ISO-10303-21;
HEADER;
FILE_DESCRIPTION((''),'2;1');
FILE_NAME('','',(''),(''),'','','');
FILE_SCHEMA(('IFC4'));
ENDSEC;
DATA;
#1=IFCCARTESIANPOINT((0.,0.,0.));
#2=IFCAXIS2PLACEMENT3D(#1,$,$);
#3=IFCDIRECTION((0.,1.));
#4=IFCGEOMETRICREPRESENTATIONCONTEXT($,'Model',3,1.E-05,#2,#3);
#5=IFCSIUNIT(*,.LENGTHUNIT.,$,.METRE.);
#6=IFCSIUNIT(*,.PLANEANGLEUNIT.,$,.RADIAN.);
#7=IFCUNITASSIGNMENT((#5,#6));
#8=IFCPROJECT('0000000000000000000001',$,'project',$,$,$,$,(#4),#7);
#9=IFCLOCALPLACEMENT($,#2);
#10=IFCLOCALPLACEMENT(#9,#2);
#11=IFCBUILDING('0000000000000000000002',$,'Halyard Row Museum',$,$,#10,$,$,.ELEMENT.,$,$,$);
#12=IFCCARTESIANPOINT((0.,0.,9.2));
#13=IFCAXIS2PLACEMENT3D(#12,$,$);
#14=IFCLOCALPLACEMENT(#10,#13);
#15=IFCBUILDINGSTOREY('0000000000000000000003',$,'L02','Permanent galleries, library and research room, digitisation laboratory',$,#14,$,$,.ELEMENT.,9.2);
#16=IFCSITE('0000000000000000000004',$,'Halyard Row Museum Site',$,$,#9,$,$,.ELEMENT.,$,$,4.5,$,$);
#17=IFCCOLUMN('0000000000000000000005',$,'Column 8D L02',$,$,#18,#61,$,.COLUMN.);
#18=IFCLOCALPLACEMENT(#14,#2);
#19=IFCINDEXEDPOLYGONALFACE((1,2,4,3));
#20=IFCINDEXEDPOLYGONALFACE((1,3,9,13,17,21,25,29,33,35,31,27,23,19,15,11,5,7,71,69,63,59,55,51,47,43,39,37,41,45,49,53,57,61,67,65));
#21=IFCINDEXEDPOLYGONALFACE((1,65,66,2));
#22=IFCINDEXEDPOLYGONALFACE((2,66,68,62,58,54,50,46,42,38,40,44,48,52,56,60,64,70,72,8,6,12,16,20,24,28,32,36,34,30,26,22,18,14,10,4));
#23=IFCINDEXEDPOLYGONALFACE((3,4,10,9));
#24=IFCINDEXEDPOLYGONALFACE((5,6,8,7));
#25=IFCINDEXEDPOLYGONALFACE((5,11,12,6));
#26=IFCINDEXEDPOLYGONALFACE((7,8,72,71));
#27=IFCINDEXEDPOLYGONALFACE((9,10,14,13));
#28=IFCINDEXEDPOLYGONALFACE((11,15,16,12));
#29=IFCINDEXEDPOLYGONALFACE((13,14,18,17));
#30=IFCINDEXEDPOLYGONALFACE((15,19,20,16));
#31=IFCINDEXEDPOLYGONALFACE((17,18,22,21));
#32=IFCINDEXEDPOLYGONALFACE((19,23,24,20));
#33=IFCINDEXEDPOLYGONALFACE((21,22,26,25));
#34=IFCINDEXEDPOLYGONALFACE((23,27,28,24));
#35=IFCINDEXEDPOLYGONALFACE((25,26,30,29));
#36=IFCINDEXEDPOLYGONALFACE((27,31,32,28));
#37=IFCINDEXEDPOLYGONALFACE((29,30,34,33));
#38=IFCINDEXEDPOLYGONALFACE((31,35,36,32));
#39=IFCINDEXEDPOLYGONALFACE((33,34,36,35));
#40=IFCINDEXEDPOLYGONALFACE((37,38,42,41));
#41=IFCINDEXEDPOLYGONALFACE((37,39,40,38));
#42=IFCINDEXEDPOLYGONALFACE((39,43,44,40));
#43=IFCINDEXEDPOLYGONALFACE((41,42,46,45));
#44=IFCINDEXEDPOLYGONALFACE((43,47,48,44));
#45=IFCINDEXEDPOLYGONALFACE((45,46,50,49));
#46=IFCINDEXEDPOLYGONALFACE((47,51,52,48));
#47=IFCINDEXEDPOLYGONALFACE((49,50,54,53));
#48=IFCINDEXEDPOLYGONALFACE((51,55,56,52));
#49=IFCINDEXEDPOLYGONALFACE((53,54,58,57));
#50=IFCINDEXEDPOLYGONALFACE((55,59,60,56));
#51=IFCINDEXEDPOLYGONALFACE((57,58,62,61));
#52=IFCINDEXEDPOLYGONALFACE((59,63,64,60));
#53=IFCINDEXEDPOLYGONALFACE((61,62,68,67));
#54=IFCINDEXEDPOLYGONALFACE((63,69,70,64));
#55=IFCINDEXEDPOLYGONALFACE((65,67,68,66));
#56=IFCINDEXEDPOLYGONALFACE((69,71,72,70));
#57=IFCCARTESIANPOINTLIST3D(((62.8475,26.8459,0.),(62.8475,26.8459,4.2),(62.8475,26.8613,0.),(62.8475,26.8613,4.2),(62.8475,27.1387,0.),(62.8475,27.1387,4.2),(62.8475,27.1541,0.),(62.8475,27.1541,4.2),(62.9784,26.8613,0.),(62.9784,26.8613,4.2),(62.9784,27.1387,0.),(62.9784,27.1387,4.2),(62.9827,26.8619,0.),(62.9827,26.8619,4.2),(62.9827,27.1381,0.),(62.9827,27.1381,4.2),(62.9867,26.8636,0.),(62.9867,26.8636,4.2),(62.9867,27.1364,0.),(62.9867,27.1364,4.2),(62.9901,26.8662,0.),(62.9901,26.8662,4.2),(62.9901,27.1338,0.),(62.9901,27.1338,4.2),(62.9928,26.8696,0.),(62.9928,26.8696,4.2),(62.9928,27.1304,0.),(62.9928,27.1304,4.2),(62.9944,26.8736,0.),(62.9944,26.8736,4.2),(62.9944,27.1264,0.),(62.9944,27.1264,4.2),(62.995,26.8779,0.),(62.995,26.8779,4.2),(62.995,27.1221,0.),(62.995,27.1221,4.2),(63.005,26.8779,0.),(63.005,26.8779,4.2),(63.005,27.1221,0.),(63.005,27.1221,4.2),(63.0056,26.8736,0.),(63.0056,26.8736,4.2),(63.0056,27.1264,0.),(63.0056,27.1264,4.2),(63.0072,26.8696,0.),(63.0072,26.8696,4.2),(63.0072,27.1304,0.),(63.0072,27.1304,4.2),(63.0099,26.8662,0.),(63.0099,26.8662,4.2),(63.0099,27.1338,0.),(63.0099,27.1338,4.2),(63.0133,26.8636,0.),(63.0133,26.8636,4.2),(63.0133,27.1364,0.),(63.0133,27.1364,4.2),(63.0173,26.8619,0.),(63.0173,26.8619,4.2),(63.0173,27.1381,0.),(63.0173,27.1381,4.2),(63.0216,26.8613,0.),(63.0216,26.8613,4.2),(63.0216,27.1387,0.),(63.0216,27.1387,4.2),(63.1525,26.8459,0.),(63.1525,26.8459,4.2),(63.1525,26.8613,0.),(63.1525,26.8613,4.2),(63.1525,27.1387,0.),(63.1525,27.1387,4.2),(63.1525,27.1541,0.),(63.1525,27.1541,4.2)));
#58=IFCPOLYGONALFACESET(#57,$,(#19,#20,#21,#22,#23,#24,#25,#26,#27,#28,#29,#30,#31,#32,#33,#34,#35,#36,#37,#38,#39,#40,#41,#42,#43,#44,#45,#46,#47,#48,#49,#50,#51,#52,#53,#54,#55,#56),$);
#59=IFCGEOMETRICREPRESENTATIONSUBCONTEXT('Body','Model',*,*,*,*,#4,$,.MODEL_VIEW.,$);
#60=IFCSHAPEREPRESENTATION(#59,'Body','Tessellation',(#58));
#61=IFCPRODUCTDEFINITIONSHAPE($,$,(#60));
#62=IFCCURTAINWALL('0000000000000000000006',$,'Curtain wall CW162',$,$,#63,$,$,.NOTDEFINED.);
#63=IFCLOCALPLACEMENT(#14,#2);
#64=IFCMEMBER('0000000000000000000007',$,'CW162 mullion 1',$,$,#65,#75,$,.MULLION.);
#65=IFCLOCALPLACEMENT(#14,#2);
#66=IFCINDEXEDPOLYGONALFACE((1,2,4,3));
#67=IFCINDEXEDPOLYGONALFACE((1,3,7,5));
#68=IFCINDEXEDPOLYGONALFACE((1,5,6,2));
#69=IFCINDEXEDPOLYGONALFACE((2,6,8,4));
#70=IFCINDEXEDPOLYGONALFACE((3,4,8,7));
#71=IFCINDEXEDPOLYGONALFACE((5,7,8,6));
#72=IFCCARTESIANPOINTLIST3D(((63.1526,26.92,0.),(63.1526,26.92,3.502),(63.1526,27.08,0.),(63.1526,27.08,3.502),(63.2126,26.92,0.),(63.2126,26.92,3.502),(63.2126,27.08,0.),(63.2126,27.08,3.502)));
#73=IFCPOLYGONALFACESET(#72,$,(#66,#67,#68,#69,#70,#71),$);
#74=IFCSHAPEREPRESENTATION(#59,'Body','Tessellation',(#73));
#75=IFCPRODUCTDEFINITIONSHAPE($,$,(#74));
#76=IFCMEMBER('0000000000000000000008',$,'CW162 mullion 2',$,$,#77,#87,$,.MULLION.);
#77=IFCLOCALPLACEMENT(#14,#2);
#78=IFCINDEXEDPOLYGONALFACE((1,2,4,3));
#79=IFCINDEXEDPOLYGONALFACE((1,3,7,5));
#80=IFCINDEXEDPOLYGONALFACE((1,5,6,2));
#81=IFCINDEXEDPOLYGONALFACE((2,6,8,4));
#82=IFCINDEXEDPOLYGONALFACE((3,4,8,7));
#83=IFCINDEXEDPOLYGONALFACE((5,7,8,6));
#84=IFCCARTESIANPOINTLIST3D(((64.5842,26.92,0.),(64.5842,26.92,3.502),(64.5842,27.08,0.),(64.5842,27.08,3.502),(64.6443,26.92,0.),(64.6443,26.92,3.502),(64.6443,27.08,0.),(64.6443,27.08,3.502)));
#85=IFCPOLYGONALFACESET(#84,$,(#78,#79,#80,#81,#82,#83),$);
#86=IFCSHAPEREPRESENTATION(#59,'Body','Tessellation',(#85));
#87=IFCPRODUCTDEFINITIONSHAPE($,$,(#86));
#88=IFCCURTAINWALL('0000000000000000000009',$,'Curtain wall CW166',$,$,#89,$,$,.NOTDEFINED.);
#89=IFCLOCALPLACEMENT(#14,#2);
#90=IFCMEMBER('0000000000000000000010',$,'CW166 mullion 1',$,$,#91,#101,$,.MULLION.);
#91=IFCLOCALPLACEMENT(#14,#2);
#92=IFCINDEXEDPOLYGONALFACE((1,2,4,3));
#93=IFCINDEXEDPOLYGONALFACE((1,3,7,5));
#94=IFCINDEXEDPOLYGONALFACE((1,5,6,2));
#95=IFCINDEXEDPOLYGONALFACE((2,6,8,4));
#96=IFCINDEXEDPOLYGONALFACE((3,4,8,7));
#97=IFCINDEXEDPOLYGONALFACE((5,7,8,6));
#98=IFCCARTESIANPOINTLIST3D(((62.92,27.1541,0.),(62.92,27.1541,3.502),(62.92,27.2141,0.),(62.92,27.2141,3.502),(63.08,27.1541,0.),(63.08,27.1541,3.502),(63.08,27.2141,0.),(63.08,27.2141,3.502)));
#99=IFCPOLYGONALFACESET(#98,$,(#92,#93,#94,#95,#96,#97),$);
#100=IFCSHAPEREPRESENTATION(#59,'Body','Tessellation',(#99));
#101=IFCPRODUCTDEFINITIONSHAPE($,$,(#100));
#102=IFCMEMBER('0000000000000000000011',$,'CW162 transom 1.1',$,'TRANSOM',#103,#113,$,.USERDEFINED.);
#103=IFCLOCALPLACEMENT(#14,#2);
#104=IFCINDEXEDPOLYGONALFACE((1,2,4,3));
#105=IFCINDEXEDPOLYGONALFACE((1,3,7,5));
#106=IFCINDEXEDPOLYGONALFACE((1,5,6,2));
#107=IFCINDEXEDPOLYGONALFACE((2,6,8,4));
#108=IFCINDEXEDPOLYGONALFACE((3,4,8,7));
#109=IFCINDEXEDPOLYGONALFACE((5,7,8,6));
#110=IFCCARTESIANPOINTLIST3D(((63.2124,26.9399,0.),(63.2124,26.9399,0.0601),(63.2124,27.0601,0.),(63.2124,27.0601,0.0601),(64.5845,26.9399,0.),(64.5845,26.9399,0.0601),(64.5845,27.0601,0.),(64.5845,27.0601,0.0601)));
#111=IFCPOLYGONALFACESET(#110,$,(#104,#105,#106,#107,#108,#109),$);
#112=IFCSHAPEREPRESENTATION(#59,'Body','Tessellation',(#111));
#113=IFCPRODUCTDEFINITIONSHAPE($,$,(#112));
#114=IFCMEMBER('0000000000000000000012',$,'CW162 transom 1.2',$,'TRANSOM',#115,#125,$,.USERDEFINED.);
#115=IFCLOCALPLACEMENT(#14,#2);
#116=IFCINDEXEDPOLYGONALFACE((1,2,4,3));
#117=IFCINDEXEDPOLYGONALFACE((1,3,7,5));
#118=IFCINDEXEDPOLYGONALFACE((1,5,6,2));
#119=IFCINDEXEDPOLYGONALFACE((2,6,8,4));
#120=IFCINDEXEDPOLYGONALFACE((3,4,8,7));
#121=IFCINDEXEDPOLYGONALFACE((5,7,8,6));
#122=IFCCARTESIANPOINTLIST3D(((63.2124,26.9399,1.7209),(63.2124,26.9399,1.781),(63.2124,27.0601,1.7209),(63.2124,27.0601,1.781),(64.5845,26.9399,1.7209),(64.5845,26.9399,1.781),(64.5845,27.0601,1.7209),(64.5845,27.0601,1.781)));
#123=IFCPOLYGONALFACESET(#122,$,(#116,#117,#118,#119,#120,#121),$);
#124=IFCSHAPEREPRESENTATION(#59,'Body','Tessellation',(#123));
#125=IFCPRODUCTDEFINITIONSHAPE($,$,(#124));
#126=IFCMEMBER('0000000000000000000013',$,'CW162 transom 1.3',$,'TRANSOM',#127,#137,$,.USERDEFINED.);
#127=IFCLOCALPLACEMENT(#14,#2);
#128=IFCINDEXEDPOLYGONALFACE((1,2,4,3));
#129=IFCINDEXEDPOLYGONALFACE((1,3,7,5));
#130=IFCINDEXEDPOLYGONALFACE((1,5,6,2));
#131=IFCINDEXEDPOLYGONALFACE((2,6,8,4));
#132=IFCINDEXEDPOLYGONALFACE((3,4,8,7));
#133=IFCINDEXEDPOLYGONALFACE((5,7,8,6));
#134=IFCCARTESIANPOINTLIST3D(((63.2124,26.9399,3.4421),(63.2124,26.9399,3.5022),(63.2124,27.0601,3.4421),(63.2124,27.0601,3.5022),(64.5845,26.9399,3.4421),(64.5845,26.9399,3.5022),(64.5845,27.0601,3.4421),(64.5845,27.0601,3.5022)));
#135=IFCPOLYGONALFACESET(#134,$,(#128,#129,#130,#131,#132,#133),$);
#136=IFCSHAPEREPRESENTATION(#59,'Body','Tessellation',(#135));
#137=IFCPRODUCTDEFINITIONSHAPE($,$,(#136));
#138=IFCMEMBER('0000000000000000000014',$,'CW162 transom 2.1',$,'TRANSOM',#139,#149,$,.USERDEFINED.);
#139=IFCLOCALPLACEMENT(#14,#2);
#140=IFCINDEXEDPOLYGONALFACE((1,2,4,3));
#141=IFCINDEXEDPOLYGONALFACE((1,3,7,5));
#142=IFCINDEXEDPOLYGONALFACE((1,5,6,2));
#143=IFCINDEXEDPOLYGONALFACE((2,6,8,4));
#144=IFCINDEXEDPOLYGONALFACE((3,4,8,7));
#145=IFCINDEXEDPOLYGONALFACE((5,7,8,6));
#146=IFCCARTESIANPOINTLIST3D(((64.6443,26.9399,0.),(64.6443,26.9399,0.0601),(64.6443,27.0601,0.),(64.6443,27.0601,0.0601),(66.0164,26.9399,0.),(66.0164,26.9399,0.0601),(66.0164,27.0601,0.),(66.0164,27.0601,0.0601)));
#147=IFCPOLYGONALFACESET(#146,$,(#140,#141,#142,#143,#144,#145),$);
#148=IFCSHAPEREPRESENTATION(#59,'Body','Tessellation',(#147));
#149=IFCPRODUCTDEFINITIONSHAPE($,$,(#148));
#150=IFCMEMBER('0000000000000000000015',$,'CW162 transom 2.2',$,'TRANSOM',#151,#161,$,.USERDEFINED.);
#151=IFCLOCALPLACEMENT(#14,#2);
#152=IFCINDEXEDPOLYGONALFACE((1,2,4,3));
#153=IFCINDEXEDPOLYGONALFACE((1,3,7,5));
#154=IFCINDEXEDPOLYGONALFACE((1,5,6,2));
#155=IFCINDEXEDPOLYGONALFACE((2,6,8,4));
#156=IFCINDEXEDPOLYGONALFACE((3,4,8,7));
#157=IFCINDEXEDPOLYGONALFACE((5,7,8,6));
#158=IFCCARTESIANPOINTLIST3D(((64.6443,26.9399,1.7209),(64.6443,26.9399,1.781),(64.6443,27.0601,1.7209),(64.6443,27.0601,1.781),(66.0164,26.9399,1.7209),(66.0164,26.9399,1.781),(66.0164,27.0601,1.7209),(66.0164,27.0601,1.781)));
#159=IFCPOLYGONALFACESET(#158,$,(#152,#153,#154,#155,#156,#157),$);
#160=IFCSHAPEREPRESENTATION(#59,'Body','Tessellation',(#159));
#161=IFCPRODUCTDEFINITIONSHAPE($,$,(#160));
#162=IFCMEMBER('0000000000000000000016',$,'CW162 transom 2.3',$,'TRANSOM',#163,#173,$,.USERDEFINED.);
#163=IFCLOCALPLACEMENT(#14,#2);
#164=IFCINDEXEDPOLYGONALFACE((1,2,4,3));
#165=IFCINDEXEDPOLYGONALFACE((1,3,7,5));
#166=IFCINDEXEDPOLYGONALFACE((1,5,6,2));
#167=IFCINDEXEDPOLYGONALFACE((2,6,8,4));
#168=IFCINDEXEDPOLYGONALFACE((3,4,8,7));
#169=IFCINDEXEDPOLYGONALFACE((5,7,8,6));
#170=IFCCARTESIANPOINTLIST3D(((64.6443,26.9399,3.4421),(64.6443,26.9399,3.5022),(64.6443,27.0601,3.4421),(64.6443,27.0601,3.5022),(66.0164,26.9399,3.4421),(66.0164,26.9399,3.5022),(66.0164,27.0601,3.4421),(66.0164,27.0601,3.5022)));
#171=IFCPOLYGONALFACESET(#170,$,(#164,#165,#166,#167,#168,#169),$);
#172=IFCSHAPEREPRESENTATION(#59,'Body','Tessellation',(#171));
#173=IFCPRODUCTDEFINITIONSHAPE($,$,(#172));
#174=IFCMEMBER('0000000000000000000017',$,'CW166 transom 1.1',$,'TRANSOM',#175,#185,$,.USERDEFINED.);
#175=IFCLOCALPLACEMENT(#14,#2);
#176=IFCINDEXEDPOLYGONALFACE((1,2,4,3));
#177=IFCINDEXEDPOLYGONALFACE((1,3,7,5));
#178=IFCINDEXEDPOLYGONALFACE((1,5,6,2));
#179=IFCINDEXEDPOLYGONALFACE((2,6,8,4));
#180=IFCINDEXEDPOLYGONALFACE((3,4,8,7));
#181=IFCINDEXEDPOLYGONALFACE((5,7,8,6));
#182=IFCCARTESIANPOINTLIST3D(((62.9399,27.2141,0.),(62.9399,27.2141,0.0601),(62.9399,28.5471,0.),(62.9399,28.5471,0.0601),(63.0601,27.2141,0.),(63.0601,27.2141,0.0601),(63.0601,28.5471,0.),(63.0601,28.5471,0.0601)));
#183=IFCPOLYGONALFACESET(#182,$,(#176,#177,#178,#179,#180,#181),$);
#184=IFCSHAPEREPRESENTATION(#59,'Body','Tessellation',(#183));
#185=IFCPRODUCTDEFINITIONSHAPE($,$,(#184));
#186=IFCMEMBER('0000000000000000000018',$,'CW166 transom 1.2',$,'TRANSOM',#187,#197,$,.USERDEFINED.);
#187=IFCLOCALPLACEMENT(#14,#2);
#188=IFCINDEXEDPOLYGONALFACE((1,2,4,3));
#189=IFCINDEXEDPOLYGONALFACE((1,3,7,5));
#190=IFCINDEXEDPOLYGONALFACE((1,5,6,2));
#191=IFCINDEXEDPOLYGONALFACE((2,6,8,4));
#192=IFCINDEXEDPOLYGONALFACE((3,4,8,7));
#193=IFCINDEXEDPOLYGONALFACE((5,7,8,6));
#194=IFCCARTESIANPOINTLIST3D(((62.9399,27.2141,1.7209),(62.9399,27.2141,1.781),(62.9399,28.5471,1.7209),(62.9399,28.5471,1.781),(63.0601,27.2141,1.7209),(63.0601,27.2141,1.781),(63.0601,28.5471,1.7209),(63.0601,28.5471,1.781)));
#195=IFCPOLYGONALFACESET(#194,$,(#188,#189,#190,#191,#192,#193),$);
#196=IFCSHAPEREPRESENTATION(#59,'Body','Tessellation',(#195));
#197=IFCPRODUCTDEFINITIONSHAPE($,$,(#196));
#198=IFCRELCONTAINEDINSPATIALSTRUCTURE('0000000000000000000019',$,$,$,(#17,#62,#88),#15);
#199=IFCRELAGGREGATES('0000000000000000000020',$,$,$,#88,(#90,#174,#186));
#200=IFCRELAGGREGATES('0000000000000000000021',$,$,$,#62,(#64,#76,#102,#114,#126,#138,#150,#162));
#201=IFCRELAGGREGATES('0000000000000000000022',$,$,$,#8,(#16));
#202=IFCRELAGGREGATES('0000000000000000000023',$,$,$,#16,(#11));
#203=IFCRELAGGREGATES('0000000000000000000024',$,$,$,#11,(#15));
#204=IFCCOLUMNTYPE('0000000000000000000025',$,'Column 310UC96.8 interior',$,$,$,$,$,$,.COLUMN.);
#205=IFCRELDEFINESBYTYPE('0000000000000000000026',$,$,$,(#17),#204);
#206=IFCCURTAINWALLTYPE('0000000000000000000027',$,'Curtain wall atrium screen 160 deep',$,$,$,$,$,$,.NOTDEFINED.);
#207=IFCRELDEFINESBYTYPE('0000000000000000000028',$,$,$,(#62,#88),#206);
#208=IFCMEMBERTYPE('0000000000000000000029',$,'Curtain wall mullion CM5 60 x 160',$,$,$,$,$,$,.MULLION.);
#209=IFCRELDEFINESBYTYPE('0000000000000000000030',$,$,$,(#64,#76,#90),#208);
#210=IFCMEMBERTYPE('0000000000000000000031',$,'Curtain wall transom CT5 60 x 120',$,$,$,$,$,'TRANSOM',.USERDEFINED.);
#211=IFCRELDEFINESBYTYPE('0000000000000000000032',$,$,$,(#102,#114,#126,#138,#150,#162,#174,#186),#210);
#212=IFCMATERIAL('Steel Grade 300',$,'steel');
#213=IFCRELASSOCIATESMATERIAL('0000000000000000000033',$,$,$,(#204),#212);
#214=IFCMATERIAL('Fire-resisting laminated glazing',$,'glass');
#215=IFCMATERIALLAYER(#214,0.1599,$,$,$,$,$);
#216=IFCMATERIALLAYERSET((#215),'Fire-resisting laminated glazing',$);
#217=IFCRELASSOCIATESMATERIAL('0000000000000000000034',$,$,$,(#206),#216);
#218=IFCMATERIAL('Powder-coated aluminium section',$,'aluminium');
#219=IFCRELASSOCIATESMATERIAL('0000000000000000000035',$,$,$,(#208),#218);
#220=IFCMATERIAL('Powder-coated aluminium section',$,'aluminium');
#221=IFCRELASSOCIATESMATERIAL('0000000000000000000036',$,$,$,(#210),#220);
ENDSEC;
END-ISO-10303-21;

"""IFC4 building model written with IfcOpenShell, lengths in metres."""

from ifc_helpers import new_model, si_unit, direction, frame, origin, origin_2d, place, context, subcontext, project, spatial, rectangle, i_section, extrude, material, layer, layer_set, material_profile, profile_set, type_object, element, aggregate, save


model = new_model("IFC4")

# Units and contexts
model_context = context("Model", 3, precision=1e-05, world=origin(), true_north=direction((0.0, 1.0)))
body_context = subcontext(model_context, "Body", "Model", "MODEL_VIEW")
ifc_project = project(units=[si_unit("LENGTHUNIT", "METRE"), si_unit("PLANEANGLEUNIT", "RADIAN")], contexts=[model_context])

# Site, building, storey
site_placement = place(None, origin())
site = spatial("IfcSite", under=ifc_project, at=site_placement, Name="Halyard Row Museum Site", CompositionType="ELEMENT", RefElevation=4.5)
building_placement = place(site_placement, origin())
building = spatial("IfcBuilding", under=site, at=building_placement, Name="Halyard Row Museum", CompositionType="ELEMENT")
storey_placement = place(building_placement, frame((0.0, 0.0, 9.2)))
storey = spatial("IfcBuildingStorey", under=building, at=storey_placement, Name="L02", Description="Permanent galleries, library and research room, digitisation laboratory", CompositionType="ELEMENT", Elevation=9.2)

# Column
ifc_material_1 = material(Name="Steel Grade 300", Category="steel")
ifc_material_profile_1 = material_profile(ifc_material_1, i_section(OverallWidth=0.3049, OverallDepth=0.3081, WebThickness=0.01, FlangeThickness=0.0154, FilletRadius=0.0166, at=origin_2d()), Name="310UC96.8")
ifc_profile_set_1 = profile_set([ifc_material_profile_1], Name="Steel Grade 300")
column_type = type_object("IfcColumnType", Name="Column 310UC96.8 interior", PredefinedType="COLUMN", material=ifc_profile_set_1)
column_placement = place(storey_placement, frame((63.0, 27.0, 0.0), z_axis=(0.0, 0.0, 1.0), x_axis=(1.0, 0.0, 0.0)))
element("IfcColumn", 1, at=column_placement, inside=storey, type_object=column_type, Name="Column 8D L02", PredefinedType="COLUMN", context=body_context, shape_type="SweptSolid", body=[
    extrude(i_section(OverallWidth=0.3049, OverallDepth=0.3081, WebThickness=0.01, FlangeThickness=0.0154, FilletRadius=0.0166, at=origin_2d()), origin(), (0.0, 0.0, 1.0), 4.2),
])

# Curtain wall, members
ifc_material_2 = material(Name="Fire-resisting laminated glazing", Category="glass")
ifc_layer_1 = layer(ifc_material_2, 0.1599)
ifc_layer_set_1 = layer_set([ifc_layer_1], Name="Fire-resisting laminated glazing")
curtain_wall_type = type_object("IfcCurtainWallType", Name="Curtain wall atrium screen 160 deep", PredefinedType="NOTDEFINED", material=ifc_layer_set_1)
curtain_wall_1_placement = place(storey_placement, origin())
curtain_wall_1 = element("IfcCurtainWall", 2, at=curtain_wall_1_placement, inside=storey, type_object=curtain_wall_type, Name="Curtain wall CW162", PredefinedType="NOTDEFINED")
ifc_material_3 = material(Name="Powder-coated aluminium section", Category="aluminium")
ifc_material_profile_2 = material_profile(ifc_material_3, rectangle(XDim=0.1599, YDim=0.0601, at=origin_2d()), Name="160x60 mullion")
ifc_profile_set_2 = profile_set([ifc_material_profile_2], Name="Powder-coated aluminium section")
member_type_1 = type_object("IfcMemberType", Name="Curtain wall mullion CM5 60 x 160", PredefinedType="MULLION", material=ifc_profile_set_2)
member_1_placement = place(storey_placement, frame((63.1826, 27.0, 0.0), z_axis=(0.0, 0.0, 1.0), x_axis=(0.0, 1.0, 0.0)))
member_1 = element("IfcMember", 3, at=member_1_placement, type_object=member_type_1, Name="CW162 mullion 1", PredefinedType="MULLION", context=body_context, shape_type="SweptSolid", body=[
    extrude(rectangle(XDim=0.1599, YDim=0.0601, at=origin_2d()), origin(), (0.0, 0.0, 1.0), 3.502),
])
member_2_placement = place(storey_placement, frame((64.6143, 27.0, 0.0), z_axis=(0.0, 0.0, 1.0), x_axis=(0.0, 1.0, 0.0)))
member_2 = element("IfcMember", 4, at=member_2_placement, type_object=member_type_1, Name="CW162 mullion 2", PredefinedType="MULLION", context=body_context, shape_type="SweptSolid", body=[
    extrude(rectangle(XDim=0.1599, YDim=0.0601, at=origin_2d()), origin(), (0.0, 0.0, 1.0), 3.502),
])

# Curtain wall, member
curtain_wall_2_placement = place(storey_placement, origin())
curtain_wall_2 = element("IfcCurtainWall", 5, at=curtain_wall_2_placement, inside=storey, type_object=curtain_wall_type, Name="Curtain wall CW166", PredefinedType="NOTDEFINED")
member_3_placement = place(storey_placement, frame((63.0, 27.1841, 0.0), z_axis=(0.0, 0.0, 1.0), x_axis=(-1.0, 0.0, 0.0)))
member_3 = element("IfcMember", 6, at=member_3_placement, type_object=member_type_1, Name="CW166 mullion 1", PredefinedType="MULLION", context=body_context, shape_type="SweptSolid", body=[
    extrude(rectangle(XDim=0.1599, YDim=0.0601, at=origin_2d()), origin(), (0.0, 0.0, 1.0), 3.502),
])

# Members
ifc_material_4 = material(Name="Powder-coated aluminium section", Category="aluminium")
ifc_material_profile_3 = material_profile(ifc_material_4, rectangle(XDim=0.1201, YDim=0.0601, at=origin_2d()), Name="120x60 transom")
ifc_profile_set_3 = profile_set([ifc_material_profile_3], Name="Powder-coated aluminium section")
member_type_2 = type_object("IfcMemberType", Name="Curtain wall transom CT5 60 x 120", ElementType="TRANSOM", PredefinedType="USERDEFINED", material=ifc_profile_set_3)
member_4_placement = place(storey_placement, frame((63.2124, 27.0, 0.03), z_axis=(1.0, 0.0, 0.0), x_axis=(0.0, 1.0, 0.0)))
member_4 = element("IfcMember", 7, at=member_4_placement, type_object=member_type_2, Name="CW162 transom 1.1", ObjectType="TRANSOM", PredefinedType="USERDEFINED", context=body_context, shape_type="SweptSolid", body=[
    extrude(rectangle(XDim=0.1201, YDim=0.0601, at=origin_2d()), origin(), (0.0, 0.0, 1.0), 1.3721),
])
member_5_placement = place(storey_placement, frame((63.2124, 27.0, 1.751), z_axis=(1.0, 0.0, 0.0), x_axis=(0.0, 1.0, 0.0)))
member_5 = element("IfcMember", 8, at=member_5_placement, type_object=member_type_2, Name="CW162 transom 1.2", ObjectType="TRANSOM", PredefinedType="USERDEFINED", context=body_context, shape_type="SweptSolid", body=[
    extrude(rectangle(XDim=0.1201, YDim=0.0601, at=origin_2d()), origin(), (0.0, 0.0, 1.0), 1.3721),
])
member_6_placement = place(storey_placement, frame((63.2124, 27.0, 3.4722), z_axis=(1.0, 0.0, 0.0), x_axis=(0.0, 1.0, 0.0)))
member_6 = element("IfcMember", 9, at=member_6_placement, type_object=member_type_2, Name="CW162 transom 1.3", ObjectType="TRANSOM", PredefinedType="USERDEFINED", context=body_context, shape_type="SweptSolid", body=[
    extrude(rectangle(XDim=0.1201, YDim=0.0601, at=origin_2d()), origin(), (0.0, 0.0, 1.0), 1.3721),
])
member_7_placement = place(storey_placement, frame((64.6443, 27.0, 0.03), z_axis=(1.0, 0.0, 0.0), x_axis=(0.0, 1.0, 0.0)))
member_7 = element("IfcMember", 10, at=member_7_placement, type_object=member_type_2, Name="CW162 transom 2.1", ObjectType="TRANSOM", PredefinedType="USERDEFINED", context=body_context, shape_type="SweptSolid", body=[
    extrude(rectangle(XDim=0.1201, YDim=0.0601, at=origin_2d()), origin(), (0.0, 0.0, 1.0), 1.3721),
])
member_8_placement = place(storey_placement, frame((64.6443, 27.0, 1.751), z_axis=(1.0, 0.0, 0.0), x_axis=(0.0, 1.0, 0.0)))
member_8 = element("IfcMember", 11, at=member_8_placement, type_object=member_type_2, Name="CW162 transom 2.2", ObjectType="TRANSOM", PredefinedType="USERDEFINED", context=body_context, shape_type="SweptSolid", body=[
    extrude(rectangle(XDim=0.1201, YDim=0.0601, at=origin_2d()), origin(), (0.0, 0.0, 1.0), 1.3721),
])
member_9_placement = place(storey_placement, frame((64.6443, 27.0, 3.4722), z_axis=(1.0, 0.0, 0.0), x_axis=(0.0, 1.0, 0.0)))
member_9 = element("IfcMember", 12, at=member_9_placement, type_object=member_type_2, Name="CW162 transom 2.3", ObjectType="TRANSOM", PredefinedType="USERDEFINED", context=body_context, shape_type="SweptSolid", body=[
    extrude(rectangle(XDim=0.1201, YDim=0.0601, at=origin_2d()), origin(), (0.0, 0.0, 1.0), 1.3721),
])
member_10_placement = place(storey_placement, frame((63.0, 27.2141, 0.03), z_axis=(0.0, 1.0, 0.0), x_axis=(-1.0, 0.0, 0.0)))
member_10 = element("IfcMember", 13, at=member_10_placement, type_object=member_type_2, Name="CW166 transom 1.1", ObjectType="TRANSOM", PredefinedType="USERDEFINED", context=body_context, shape_type="SweptSolid", body=[
    extrude(rectangle(XDim=0.1201, YDim=0.0601, at=origin_2d()), origin(), (0.0, 0.0, 1.0), 1.333),
])
member_11_placement = place(storey_placement, frame((63.0, 27.2141, 1.751), z_axis=(0.0, 1.0, 0.0), x_axis=(-1.0, 0.0, 0.0)))
member_11 = element("IfcMember", 14, at=member_11_placement, type_object=member_type_2, Name="CW166 transom 1.2", ObjectType="TRANSOM", PredefinedType="USERDEFINED", context=body_context, shape_type="SweptSolid", body=[
    extrude(rectangle(XDim=0.1201, YDim=0.0601, at=origin_2d()), origin(), (0.0, 0.0, 1.0), 1.333),
])
aggregate(curtain_wall_2, [member_3, member_10, member_11])

aggregate(curtain_wall_1, [member_1, member_2, member_4, member_5, member_6, member_7, member_8, member_9])

save(model, "model.ifc")
